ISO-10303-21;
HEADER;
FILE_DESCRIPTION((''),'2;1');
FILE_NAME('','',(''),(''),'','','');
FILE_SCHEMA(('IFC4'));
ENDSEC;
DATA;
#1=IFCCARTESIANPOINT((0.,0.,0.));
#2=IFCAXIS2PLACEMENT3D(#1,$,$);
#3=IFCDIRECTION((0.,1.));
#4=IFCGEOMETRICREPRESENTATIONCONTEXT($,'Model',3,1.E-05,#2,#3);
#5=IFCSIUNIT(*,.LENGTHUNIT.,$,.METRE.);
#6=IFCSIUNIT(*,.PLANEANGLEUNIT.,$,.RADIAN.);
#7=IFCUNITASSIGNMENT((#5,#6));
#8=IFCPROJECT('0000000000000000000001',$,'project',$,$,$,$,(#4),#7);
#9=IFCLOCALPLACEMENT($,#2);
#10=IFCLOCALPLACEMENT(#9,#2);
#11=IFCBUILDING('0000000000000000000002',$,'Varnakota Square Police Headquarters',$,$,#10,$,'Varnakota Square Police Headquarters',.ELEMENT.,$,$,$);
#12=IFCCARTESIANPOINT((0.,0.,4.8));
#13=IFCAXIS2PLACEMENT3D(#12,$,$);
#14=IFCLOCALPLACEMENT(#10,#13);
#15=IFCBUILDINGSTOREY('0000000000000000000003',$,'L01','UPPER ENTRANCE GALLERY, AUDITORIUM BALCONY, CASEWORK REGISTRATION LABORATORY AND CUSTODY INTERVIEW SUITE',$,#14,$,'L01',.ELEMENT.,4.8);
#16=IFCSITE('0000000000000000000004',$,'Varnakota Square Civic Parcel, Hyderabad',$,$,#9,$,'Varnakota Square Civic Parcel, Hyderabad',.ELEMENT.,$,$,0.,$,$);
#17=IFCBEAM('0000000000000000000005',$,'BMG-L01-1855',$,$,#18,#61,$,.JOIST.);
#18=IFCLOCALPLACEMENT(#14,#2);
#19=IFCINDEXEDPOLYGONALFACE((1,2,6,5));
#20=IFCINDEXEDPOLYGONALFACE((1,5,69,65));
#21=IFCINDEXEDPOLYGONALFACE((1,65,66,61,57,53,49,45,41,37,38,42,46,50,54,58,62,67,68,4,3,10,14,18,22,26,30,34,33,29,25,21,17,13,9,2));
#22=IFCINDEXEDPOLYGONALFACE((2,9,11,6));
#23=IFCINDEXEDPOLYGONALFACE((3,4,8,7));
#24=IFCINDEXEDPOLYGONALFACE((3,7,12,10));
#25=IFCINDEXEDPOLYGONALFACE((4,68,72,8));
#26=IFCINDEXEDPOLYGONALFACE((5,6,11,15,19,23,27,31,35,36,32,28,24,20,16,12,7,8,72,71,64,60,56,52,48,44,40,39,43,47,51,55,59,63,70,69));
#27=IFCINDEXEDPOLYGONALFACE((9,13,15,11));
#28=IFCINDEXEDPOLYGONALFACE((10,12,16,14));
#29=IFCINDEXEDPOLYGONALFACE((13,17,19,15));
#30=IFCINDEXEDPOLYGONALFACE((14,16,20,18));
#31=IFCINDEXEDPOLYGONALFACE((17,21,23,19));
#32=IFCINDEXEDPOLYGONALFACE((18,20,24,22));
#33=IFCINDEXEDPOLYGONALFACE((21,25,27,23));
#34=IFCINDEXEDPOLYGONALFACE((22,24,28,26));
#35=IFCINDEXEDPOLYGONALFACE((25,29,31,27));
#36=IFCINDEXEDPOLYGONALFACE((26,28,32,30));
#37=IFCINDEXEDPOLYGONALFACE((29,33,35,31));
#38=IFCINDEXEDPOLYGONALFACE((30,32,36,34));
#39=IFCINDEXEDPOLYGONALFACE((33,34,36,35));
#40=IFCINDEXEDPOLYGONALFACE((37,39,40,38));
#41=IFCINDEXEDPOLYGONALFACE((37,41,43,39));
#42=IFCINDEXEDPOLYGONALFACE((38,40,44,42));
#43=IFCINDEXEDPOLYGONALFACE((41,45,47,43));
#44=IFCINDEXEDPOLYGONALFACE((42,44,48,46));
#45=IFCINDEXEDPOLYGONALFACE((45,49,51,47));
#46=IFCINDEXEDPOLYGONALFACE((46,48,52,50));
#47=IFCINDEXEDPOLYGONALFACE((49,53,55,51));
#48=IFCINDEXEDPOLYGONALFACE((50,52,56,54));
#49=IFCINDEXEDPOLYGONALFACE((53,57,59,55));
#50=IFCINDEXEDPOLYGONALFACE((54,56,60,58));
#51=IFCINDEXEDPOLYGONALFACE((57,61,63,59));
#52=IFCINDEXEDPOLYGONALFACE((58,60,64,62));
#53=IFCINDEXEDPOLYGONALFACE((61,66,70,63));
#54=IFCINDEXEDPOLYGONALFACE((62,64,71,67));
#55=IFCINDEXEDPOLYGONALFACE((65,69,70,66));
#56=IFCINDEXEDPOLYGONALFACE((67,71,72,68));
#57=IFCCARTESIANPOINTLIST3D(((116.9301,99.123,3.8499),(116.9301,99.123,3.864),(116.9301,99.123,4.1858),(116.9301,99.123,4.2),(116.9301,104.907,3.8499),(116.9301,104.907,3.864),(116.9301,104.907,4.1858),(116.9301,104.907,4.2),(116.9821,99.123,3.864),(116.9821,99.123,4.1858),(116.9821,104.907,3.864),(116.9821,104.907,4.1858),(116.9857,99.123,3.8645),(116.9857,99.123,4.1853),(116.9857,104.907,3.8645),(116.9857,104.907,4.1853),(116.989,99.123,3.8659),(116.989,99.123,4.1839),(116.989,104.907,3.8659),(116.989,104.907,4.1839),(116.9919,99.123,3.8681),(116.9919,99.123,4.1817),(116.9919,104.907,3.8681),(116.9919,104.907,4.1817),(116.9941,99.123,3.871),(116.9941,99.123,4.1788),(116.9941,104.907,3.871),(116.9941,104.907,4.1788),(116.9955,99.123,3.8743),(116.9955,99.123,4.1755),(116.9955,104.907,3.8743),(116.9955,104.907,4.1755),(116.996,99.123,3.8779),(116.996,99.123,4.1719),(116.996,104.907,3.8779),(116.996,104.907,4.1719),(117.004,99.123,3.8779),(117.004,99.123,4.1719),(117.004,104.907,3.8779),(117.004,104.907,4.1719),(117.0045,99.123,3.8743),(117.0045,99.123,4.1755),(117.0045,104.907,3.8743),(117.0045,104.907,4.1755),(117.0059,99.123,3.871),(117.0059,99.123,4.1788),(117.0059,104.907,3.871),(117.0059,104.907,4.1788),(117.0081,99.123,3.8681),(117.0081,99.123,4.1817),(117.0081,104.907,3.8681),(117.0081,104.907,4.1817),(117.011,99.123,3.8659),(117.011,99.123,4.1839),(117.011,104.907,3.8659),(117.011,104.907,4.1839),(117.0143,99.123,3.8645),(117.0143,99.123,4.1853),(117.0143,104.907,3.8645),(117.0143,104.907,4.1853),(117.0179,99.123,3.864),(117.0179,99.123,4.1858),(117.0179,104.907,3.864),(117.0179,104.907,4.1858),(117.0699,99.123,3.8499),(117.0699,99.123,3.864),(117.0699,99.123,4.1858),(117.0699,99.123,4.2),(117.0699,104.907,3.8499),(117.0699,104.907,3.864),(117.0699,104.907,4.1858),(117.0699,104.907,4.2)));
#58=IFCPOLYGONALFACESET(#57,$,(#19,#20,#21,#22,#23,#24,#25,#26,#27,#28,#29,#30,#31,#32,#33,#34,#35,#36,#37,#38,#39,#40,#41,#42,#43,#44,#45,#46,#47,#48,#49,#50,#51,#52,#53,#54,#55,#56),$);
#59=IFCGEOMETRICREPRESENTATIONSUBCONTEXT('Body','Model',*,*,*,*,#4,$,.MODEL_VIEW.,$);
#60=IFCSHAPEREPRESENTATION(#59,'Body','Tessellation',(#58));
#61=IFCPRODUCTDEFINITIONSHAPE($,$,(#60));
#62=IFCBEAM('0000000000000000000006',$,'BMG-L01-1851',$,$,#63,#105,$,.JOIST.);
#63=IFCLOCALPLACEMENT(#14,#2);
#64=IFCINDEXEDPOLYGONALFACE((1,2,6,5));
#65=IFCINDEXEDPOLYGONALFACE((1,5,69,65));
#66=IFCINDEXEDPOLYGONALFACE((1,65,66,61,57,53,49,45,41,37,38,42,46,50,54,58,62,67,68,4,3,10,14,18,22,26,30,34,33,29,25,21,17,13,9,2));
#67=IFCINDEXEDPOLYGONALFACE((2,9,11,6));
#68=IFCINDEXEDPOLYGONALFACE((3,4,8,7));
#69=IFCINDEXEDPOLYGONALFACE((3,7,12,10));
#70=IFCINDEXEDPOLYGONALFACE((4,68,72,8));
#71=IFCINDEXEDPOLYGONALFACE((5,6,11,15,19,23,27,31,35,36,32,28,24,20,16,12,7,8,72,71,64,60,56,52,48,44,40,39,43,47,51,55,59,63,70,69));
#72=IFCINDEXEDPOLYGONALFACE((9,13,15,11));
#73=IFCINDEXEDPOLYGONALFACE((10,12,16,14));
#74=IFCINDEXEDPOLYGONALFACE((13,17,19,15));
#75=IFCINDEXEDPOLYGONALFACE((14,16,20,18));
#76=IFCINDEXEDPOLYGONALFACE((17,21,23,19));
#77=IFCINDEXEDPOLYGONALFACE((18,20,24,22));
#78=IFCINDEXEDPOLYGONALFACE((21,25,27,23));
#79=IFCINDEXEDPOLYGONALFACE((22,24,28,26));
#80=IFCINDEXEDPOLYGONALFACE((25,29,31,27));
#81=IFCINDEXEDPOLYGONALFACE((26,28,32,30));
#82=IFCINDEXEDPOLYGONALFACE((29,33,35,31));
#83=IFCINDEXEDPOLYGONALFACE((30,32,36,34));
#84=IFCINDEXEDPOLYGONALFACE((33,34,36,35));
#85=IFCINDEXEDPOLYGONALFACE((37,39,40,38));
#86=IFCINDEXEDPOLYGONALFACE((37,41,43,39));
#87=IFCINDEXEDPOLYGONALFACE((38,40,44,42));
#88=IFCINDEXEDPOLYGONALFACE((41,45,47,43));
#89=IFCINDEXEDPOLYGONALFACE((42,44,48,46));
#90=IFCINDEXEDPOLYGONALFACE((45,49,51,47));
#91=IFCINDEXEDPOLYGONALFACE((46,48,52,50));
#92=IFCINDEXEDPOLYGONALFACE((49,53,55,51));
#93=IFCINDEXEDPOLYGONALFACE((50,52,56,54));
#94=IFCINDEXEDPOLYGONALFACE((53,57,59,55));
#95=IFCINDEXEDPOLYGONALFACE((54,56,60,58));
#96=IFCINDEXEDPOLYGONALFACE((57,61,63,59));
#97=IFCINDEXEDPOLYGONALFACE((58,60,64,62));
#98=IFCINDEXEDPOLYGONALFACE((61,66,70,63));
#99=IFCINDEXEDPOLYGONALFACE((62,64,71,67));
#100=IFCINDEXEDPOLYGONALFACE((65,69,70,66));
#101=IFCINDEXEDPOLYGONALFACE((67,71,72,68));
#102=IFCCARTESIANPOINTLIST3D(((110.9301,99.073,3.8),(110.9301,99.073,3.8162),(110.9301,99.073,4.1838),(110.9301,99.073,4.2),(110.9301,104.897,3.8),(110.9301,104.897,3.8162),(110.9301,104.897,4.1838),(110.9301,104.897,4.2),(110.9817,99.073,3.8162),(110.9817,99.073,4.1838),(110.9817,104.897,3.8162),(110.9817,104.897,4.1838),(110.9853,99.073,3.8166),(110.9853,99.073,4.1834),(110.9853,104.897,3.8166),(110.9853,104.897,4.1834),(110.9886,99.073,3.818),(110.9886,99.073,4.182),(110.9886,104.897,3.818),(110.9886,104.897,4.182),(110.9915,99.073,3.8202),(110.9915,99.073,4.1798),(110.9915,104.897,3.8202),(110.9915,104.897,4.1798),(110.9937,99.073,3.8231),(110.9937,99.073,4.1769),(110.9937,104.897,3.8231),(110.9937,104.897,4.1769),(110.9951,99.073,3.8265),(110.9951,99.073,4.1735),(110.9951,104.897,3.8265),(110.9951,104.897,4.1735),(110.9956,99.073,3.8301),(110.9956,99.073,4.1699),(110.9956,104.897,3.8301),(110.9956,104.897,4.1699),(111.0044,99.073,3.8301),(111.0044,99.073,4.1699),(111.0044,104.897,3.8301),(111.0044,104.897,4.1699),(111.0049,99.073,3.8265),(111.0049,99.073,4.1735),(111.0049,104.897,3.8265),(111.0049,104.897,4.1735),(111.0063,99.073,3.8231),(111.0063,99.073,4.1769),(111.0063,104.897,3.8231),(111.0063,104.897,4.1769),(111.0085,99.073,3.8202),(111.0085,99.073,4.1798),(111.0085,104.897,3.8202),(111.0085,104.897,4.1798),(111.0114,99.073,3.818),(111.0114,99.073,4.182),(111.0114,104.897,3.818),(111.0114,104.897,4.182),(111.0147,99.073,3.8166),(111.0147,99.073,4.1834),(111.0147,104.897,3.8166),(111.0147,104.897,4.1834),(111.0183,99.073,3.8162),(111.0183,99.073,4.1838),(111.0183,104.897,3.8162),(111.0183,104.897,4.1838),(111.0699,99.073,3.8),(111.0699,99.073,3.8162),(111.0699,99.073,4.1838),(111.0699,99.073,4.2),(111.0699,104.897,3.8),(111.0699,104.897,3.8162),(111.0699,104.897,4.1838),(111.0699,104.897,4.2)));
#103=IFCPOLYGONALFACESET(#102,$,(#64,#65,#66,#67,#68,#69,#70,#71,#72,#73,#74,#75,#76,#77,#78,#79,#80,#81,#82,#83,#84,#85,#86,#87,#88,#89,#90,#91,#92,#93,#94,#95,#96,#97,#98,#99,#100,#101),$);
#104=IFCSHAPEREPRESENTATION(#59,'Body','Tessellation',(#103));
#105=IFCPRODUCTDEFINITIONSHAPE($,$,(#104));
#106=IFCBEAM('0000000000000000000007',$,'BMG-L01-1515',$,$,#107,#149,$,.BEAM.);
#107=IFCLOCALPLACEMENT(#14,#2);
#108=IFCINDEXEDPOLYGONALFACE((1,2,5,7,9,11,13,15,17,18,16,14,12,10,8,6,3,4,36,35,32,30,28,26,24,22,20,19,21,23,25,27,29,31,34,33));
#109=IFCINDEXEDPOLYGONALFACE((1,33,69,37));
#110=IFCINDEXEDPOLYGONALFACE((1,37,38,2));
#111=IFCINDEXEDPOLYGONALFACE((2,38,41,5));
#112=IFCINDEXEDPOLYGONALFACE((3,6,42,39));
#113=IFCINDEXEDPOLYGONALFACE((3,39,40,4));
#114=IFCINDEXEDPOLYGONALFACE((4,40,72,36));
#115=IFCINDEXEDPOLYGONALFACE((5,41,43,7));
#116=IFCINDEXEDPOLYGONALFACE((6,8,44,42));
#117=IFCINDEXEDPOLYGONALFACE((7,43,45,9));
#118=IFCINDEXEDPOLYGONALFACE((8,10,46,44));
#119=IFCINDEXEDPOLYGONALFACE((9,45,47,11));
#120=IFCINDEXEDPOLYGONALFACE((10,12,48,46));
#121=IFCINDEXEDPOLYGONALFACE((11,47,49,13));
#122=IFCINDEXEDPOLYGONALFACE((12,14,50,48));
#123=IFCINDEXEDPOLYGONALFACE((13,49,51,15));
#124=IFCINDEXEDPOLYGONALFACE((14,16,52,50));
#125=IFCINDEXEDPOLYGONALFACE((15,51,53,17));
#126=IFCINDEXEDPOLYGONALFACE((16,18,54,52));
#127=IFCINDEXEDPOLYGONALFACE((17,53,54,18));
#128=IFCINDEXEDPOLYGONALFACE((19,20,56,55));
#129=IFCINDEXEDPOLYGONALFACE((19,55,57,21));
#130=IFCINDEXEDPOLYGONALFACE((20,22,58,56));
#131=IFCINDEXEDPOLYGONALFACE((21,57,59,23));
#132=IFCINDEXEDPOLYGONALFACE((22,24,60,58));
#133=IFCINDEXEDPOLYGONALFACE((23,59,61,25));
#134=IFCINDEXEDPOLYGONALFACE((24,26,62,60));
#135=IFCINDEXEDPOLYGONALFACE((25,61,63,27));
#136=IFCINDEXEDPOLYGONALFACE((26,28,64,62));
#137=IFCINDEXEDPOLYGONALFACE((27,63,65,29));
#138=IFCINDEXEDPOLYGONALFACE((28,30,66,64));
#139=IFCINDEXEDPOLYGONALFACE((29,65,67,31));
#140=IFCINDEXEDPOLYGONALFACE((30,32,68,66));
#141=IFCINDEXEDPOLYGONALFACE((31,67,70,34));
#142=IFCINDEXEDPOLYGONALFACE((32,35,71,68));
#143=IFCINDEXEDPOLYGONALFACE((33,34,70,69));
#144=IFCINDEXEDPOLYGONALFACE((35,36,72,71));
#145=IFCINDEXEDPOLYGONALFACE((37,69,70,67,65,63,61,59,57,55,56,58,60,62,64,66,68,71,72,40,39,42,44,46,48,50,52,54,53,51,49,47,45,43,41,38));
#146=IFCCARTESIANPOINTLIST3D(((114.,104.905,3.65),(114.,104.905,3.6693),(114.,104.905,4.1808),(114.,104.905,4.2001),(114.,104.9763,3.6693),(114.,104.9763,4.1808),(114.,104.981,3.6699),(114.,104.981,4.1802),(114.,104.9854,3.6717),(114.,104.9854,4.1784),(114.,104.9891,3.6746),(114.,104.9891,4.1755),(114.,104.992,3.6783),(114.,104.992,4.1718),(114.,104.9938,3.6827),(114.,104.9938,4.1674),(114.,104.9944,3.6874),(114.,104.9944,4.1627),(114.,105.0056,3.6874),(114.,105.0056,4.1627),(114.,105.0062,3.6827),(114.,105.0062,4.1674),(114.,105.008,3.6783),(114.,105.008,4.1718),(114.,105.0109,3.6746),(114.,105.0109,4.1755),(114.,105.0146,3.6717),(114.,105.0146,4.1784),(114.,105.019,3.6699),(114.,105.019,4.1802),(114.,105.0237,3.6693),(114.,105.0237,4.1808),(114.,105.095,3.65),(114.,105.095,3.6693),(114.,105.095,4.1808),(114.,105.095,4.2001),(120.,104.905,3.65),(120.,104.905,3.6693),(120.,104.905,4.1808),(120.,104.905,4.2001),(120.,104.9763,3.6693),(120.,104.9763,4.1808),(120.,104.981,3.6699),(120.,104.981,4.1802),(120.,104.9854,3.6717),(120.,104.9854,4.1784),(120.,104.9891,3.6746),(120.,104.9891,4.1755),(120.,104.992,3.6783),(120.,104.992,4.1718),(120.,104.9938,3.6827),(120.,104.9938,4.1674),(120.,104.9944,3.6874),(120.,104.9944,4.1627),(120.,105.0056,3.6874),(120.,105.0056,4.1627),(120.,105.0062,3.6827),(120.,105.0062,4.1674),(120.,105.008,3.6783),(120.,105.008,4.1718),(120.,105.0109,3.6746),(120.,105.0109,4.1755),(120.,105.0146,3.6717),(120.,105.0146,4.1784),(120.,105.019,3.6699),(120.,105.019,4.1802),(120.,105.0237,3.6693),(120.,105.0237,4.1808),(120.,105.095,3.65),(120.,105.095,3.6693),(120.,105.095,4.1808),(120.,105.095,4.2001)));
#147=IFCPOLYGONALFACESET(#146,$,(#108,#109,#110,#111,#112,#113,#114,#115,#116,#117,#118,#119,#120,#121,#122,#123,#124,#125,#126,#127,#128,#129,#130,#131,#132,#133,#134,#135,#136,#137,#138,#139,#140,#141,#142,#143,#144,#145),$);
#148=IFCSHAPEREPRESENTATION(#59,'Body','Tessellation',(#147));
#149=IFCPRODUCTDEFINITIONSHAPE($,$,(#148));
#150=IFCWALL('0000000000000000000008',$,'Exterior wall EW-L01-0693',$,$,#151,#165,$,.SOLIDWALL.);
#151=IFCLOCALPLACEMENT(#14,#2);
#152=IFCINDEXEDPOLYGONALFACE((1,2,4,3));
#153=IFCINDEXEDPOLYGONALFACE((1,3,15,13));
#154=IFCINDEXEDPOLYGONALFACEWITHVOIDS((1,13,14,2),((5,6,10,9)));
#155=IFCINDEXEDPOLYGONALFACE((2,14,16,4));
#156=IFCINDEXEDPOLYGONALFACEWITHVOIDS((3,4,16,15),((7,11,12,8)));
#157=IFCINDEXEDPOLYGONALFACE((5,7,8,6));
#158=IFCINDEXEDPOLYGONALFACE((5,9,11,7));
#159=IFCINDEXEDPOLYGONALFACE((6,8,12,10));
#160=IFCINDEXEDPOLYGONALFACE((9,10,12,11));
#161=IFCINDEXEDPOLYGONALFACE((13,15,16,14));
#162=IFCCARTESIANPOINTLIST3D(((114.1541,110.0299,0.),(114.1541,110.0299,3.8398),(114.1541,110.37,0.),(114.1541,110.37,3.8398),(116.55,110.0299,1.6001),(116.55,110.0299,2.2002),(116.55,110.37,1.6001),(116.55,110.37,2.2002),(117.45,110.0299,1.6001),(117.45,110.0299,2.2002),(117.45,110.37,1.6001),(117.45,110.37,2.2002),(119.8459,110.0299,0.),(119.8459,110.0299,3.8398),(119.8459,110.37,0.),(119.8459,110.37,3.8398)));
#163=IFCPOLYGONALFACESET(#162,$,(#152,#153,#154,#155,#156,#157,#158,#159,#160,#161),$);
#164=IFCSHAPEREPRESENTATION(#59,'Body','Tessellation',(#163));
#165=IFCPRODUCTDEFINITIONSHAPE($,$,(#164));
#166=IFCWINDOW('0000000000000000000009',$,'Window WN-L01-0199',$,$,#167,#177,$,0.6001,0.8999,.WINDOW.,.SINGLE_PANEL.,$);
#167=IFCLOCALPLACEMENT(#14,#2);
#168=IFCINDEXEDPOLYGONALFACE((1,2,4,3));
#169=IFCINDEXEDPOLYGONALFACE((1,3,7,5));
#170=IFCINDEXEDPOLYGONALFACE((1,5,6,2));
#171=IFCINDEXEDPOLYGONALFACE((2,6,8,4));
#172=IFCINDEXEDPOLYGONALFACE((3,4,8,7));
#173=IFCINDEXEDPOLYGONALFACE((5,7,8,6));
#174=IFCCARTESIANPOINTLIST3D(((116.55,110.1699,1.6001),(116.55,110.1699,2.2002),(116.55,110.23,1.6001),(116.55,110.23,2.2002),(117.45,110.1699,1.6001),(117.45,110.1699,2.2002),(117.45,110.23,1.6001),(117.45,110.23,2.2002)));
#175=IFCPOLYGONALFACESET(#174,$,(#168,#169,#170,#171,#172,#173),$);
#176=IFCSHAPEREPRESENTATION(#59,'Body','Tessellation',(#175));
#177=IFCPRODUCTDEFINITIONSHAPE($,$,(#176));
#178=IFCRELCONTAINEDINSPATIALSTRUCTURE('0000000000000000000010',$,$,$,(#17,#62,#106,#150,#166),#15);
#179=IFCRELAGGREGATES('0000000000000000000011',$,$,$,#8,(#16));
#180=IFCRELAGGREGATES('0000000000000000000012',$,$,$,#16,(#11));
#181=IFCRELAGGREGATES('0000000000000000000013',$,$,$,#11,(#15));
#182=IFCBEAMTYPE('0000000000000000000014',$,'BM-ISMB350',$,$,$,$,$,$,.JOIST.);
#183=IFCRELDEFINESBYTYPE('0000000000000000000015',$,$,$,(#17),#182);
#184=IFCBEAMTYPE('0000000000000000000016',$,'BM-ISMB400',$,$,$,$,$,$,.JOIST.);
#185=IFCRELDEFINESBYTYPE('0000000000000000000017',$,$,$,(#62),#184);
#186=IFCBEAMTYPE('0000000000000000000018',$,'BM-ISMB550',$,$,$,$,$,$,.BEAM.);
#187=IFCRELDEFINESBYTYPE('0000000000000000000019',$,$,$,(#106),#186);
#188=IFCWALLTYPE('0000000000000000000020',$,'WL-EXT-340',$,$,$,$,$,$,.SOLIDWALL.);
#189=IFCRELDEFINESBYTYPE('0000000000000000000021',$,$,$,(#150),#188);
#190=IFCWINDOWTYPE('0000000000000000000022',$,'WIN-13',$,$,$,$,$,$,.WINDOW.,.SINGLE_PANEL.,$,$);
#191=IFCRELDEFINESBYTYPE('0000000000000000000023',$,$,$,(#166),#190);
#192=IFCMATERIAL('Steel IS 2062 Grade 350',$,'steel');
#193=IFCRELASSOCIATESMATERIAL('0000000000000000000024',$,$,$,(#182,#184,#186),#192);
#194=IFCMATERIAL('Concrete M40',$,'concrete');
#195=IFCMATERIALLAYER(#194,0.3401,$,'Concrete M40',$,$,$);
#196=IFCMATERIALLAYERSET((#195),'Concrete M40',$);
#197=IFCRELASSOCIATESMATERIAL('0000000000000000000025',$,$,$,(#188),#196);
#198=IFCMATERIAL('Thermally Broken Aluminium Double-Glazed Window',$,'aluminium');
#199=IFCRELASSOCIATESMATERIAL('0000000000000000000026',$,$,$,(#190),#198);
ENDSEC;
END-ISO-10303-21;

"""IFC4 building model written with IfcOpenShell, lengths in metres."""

from ifc_helpers import new_model, si_unit, direction, frame, frame_2d, origin, origin_2d, place, context, subcontext, project, spatial, rectangle, i_section, extrude, material, layer, layer_set, material_profile, profile_set, type_object, element, fill, save


model = new_model("IFC4")

# Units and contexts
model_context = context("Model", 3, precision=1e-05, world=origin(), true_north=direction((0.0, 1.0)))
body_context = subcontext(model_context, "Body", "Model", "MODEL_VIEW")
ifc_project = project(units=[si_unit("LENGTHUNIT", "METRE"), si_unit("PLANEANGLEUNIT", "RADIAN")], contexts=[model_context])

# Site, building, storey
site_placement = place(None, origin())
site = spatial("IfcSite", under=ifc_project, at=site_placement, Name="Varnakota Square Civic Parcel, Hyderabad", LongName="Varnakota Square Civic Parcel, Hyderabad", CompositionType="ELEMENT", RefElevation=0.0)
building_placement = place(site_placement, origin())
building = spatial("IfcBuilding", under=site, at=building_placement, Name="Varnakota Square Police Headquarters", LongName="Varnakota Square Police Headquarters", CompositionType="ELEMENT")
storey_placement = place(building_placement, frame((0.0, 0.0, 4.8)))
storey = spatial("IfcBuildingStorey", under=building, at=storey_placement, Name="L01", Description="UPPER ENTRANCE GALLERY, AUDITORIUM BALCONY, CASEWORK REGISTRATION LABORATORY AND CUSTODY INTERVIEW SUITE", LongName="L01", CompositionType="ELEMENT", Elevation=4.8)

# Shared definitions
ifc_material_1 = material(Name="Steel IS 2062 Grade 350", Category="steel")

# Beams
ifc_material_profile_1 = material_profile(ifc_material_1, i_section(OverallWidth=0.1399, OverallDepth=0.3501, WebThickness=0.0081, FlangeThickness=0.0142, FilletRadius=0.0139, at=origin_2d()), Name="ISMB 350")
ifc_profile_set_1 = profile_set([ifc_material_profile_1], Name="Steel IS 2062 Grade 350")
beam_type_1 = type_object("IfcBeamType", Name="BM-ISMB350", PredefinedType="JOIST", material=ifc_profile_set_1)
beam_1_placement = place(storey_placement, frame((117.0, 99.123, 4.0249), z_axis=(0.0, 1.0, 0.0), x_axis=(-1.0, 0.0, 0.0)))
element("IfcBeam", 1, at=beam_1_placement, inside=storey, type_object=beam_type_1, Name="BMG-L01-1855", PredefinedType="JOIST", context=body_context, shape_type="SweptSolid", body=[
    extrude(i_section(OverallWidth=0.1399, OverallDepth=0.3501, WebThickness=0.0081, FlangeThickness=0.0142, FilletRadius=0.0139, at=origin_2d()), origin(), (0.0, 0.0, 1.0), 5.7839),
])
ifc_material_profile_2 = material_profile(ifc_material_1, i_section(OverallWidth=0.1399, OverallDepth=0.3999, WebThickness=0.0088, FlangeThickness=0.0161, FilletRadius=0.0139, at=origin_2d()), Name="ISMB 400")
ifc_profile_set_2 = profile_set([ifc_material_profile_2], Name="Steel IS 2062 Grade 350")
beam_type_2 = type_object("IfcBeamType", Name="BM-ISMB400", PredefinedType="JOIST", material=ifc_profile_set_2)
beam_2_placement = place(storey_placement, frame((111.0, 99.073, 4.0), z_axis=(0.0, 1.0, 0.0), x_axis=(-1.0, 0.0, 0.0)))
element("IfcBeam", 2, at=beam_2_placement, inside=storey, type_object=beam_type_2, Name="BMG-L01-1851", PredefinedType="JOIST", context=body_context, shape_type="SweptSolid", body=[
    extrude(i_section(OverallWidth=0.1399, OverallDepth=0.3999, WebThickness=0.0088, FlangeThickness=0.0161, FilletRadius=0.0139, at=origin_2d()), origin(), (0.0, 0.0, 1.0), 5.824),
])
ifc_material_profile_3 = material_profile(ifc_material_1, i_section(OverallWidth=0.1899, OverallDepth=0.55, WebThickness=0.0112, FlangeThickness=0.0193, FilletRadius=0.0181, at=origin_2d()), Name="ISMB 550")
ifc_profile_set_3 = profile_set([ifc_material_profile_3], Name="Steel IS 2062 Grade 350")
beam_type_3 = type_object("IfcBeamType", Name="BM-ISMB550", PredefinedType="BEAM", material=ifc_profile_set_3)
beam_3_placement = place(storey_placement, frame((114.0, 105.0, 3.925), z_axis=(1.0, 0.0, 0.0), x_axis=(0.0, 1.0, 0.0)))
element("IfcBeam", 3, at=beam_3_placement, inside=storey, type_object=beam_type_3, Name="BMG-L01-1515", PredefinedType="BEAM", context=body_context, shape_type="SweptSolid", body=[
    extrude(i_section(OverallWidth=0.1899, OverallDepth=0.55, WebThickness=0.0112, FlangeThickness=0.0193, FilletRadius=0.0181, at=origin_2d()), origin(), (0.0, 0.0, 1.0), 6.0),
])

# Wall, opening, window
ifc_material_2 = material(Name="Concrete M40", Category="concrete")
ifc_layer = layer(ifc_material_2, 0.3401, Name="Concrete M40")
ifc_layer_set = layer_set([ifc_layer], Name="Concrete M40")
wall_type = type_object("IfcWallType", Name="WL-EXT-340", PredefinedType="SOLIDWALL", material=ifc_layer_set)
wall_1_placement = place(storey_placement, frame((114.1541, 110.2, 0.0), z_axis=(0.0, 0.0, 1.0), x_axis=(1.0, 0.0, 0.0)))
wall_1 = element("IfcWall", 4, at=wall_1_placement, inside=storey, type_object=wall_type, Name="Exterior wall EW-L01-0693", PredefinedType="SOLIDWALL", context=body_context, shape_type="SweptSolid", body=[
    extrude(rectangle(XDim=5.6919, YDim=0.3401, at=frame_2d((2.8459, 0.0))), origin(), (0.0, 0.0, 1.0), 3.8398),
])
opening_1_placement = place(wall_1_placement, frame((2.396, 0.0, 1.6001)))
opening_1 = element("IfcOpeningElement", 5, at=opening_1_placement, cuts=wall_1, PredefinedType="OPENING", context=body_context, shape_type="SweptSolid", body=[
    extrude(rectangle(XDim=0.8999, YDim=0.6001, at=frame_2d((0.45, 0.3))), frame((0.0, 0.1799, 0.0), z_axis=(0.0, -1.0, 0.0), x_axis=(1.0, 0.0, 0.0)), (0.0, 0.0, 1.0), 0.3601),
])
ifc_material_3 = material(Name="Thermally Broken Aluminium Double-Glazed Window", Category="aluminium")
window_type = type_object("IfcWindowType", Name="WIN-13", PartitioningType="SINGLE_PANEL", PredefinedType="WINDOW", material=ifc_material_3)
window_1_placement = place(opening_1_placement, origin())
window_1 = element("IfcWindow", 6, at=window_1_placement, inside=storey, type_object=window_type, Name="Window WN-L01-0199", OverallHeight=0.6001, OverallWidth=0.8999, PartitioningType="SINGLE_PANEL", PredefinedType="WINDOW", context=body_context, shape_type="SweptSolid", body=[
    extrude(rectangle(XDim=0.8999, YDim=0.6001, at=frame_2d((0.45, 0.3))), frame((0.0, 0.03, 0.0), z_axis=(0.0, -1.0, 0.0), x_axis=(1.0, 0.0, 0.0)), (0.0, 0.0, 1.0), 0.0601),
])
fill(opening_1, window_1)

save(model, "model.ifc")
